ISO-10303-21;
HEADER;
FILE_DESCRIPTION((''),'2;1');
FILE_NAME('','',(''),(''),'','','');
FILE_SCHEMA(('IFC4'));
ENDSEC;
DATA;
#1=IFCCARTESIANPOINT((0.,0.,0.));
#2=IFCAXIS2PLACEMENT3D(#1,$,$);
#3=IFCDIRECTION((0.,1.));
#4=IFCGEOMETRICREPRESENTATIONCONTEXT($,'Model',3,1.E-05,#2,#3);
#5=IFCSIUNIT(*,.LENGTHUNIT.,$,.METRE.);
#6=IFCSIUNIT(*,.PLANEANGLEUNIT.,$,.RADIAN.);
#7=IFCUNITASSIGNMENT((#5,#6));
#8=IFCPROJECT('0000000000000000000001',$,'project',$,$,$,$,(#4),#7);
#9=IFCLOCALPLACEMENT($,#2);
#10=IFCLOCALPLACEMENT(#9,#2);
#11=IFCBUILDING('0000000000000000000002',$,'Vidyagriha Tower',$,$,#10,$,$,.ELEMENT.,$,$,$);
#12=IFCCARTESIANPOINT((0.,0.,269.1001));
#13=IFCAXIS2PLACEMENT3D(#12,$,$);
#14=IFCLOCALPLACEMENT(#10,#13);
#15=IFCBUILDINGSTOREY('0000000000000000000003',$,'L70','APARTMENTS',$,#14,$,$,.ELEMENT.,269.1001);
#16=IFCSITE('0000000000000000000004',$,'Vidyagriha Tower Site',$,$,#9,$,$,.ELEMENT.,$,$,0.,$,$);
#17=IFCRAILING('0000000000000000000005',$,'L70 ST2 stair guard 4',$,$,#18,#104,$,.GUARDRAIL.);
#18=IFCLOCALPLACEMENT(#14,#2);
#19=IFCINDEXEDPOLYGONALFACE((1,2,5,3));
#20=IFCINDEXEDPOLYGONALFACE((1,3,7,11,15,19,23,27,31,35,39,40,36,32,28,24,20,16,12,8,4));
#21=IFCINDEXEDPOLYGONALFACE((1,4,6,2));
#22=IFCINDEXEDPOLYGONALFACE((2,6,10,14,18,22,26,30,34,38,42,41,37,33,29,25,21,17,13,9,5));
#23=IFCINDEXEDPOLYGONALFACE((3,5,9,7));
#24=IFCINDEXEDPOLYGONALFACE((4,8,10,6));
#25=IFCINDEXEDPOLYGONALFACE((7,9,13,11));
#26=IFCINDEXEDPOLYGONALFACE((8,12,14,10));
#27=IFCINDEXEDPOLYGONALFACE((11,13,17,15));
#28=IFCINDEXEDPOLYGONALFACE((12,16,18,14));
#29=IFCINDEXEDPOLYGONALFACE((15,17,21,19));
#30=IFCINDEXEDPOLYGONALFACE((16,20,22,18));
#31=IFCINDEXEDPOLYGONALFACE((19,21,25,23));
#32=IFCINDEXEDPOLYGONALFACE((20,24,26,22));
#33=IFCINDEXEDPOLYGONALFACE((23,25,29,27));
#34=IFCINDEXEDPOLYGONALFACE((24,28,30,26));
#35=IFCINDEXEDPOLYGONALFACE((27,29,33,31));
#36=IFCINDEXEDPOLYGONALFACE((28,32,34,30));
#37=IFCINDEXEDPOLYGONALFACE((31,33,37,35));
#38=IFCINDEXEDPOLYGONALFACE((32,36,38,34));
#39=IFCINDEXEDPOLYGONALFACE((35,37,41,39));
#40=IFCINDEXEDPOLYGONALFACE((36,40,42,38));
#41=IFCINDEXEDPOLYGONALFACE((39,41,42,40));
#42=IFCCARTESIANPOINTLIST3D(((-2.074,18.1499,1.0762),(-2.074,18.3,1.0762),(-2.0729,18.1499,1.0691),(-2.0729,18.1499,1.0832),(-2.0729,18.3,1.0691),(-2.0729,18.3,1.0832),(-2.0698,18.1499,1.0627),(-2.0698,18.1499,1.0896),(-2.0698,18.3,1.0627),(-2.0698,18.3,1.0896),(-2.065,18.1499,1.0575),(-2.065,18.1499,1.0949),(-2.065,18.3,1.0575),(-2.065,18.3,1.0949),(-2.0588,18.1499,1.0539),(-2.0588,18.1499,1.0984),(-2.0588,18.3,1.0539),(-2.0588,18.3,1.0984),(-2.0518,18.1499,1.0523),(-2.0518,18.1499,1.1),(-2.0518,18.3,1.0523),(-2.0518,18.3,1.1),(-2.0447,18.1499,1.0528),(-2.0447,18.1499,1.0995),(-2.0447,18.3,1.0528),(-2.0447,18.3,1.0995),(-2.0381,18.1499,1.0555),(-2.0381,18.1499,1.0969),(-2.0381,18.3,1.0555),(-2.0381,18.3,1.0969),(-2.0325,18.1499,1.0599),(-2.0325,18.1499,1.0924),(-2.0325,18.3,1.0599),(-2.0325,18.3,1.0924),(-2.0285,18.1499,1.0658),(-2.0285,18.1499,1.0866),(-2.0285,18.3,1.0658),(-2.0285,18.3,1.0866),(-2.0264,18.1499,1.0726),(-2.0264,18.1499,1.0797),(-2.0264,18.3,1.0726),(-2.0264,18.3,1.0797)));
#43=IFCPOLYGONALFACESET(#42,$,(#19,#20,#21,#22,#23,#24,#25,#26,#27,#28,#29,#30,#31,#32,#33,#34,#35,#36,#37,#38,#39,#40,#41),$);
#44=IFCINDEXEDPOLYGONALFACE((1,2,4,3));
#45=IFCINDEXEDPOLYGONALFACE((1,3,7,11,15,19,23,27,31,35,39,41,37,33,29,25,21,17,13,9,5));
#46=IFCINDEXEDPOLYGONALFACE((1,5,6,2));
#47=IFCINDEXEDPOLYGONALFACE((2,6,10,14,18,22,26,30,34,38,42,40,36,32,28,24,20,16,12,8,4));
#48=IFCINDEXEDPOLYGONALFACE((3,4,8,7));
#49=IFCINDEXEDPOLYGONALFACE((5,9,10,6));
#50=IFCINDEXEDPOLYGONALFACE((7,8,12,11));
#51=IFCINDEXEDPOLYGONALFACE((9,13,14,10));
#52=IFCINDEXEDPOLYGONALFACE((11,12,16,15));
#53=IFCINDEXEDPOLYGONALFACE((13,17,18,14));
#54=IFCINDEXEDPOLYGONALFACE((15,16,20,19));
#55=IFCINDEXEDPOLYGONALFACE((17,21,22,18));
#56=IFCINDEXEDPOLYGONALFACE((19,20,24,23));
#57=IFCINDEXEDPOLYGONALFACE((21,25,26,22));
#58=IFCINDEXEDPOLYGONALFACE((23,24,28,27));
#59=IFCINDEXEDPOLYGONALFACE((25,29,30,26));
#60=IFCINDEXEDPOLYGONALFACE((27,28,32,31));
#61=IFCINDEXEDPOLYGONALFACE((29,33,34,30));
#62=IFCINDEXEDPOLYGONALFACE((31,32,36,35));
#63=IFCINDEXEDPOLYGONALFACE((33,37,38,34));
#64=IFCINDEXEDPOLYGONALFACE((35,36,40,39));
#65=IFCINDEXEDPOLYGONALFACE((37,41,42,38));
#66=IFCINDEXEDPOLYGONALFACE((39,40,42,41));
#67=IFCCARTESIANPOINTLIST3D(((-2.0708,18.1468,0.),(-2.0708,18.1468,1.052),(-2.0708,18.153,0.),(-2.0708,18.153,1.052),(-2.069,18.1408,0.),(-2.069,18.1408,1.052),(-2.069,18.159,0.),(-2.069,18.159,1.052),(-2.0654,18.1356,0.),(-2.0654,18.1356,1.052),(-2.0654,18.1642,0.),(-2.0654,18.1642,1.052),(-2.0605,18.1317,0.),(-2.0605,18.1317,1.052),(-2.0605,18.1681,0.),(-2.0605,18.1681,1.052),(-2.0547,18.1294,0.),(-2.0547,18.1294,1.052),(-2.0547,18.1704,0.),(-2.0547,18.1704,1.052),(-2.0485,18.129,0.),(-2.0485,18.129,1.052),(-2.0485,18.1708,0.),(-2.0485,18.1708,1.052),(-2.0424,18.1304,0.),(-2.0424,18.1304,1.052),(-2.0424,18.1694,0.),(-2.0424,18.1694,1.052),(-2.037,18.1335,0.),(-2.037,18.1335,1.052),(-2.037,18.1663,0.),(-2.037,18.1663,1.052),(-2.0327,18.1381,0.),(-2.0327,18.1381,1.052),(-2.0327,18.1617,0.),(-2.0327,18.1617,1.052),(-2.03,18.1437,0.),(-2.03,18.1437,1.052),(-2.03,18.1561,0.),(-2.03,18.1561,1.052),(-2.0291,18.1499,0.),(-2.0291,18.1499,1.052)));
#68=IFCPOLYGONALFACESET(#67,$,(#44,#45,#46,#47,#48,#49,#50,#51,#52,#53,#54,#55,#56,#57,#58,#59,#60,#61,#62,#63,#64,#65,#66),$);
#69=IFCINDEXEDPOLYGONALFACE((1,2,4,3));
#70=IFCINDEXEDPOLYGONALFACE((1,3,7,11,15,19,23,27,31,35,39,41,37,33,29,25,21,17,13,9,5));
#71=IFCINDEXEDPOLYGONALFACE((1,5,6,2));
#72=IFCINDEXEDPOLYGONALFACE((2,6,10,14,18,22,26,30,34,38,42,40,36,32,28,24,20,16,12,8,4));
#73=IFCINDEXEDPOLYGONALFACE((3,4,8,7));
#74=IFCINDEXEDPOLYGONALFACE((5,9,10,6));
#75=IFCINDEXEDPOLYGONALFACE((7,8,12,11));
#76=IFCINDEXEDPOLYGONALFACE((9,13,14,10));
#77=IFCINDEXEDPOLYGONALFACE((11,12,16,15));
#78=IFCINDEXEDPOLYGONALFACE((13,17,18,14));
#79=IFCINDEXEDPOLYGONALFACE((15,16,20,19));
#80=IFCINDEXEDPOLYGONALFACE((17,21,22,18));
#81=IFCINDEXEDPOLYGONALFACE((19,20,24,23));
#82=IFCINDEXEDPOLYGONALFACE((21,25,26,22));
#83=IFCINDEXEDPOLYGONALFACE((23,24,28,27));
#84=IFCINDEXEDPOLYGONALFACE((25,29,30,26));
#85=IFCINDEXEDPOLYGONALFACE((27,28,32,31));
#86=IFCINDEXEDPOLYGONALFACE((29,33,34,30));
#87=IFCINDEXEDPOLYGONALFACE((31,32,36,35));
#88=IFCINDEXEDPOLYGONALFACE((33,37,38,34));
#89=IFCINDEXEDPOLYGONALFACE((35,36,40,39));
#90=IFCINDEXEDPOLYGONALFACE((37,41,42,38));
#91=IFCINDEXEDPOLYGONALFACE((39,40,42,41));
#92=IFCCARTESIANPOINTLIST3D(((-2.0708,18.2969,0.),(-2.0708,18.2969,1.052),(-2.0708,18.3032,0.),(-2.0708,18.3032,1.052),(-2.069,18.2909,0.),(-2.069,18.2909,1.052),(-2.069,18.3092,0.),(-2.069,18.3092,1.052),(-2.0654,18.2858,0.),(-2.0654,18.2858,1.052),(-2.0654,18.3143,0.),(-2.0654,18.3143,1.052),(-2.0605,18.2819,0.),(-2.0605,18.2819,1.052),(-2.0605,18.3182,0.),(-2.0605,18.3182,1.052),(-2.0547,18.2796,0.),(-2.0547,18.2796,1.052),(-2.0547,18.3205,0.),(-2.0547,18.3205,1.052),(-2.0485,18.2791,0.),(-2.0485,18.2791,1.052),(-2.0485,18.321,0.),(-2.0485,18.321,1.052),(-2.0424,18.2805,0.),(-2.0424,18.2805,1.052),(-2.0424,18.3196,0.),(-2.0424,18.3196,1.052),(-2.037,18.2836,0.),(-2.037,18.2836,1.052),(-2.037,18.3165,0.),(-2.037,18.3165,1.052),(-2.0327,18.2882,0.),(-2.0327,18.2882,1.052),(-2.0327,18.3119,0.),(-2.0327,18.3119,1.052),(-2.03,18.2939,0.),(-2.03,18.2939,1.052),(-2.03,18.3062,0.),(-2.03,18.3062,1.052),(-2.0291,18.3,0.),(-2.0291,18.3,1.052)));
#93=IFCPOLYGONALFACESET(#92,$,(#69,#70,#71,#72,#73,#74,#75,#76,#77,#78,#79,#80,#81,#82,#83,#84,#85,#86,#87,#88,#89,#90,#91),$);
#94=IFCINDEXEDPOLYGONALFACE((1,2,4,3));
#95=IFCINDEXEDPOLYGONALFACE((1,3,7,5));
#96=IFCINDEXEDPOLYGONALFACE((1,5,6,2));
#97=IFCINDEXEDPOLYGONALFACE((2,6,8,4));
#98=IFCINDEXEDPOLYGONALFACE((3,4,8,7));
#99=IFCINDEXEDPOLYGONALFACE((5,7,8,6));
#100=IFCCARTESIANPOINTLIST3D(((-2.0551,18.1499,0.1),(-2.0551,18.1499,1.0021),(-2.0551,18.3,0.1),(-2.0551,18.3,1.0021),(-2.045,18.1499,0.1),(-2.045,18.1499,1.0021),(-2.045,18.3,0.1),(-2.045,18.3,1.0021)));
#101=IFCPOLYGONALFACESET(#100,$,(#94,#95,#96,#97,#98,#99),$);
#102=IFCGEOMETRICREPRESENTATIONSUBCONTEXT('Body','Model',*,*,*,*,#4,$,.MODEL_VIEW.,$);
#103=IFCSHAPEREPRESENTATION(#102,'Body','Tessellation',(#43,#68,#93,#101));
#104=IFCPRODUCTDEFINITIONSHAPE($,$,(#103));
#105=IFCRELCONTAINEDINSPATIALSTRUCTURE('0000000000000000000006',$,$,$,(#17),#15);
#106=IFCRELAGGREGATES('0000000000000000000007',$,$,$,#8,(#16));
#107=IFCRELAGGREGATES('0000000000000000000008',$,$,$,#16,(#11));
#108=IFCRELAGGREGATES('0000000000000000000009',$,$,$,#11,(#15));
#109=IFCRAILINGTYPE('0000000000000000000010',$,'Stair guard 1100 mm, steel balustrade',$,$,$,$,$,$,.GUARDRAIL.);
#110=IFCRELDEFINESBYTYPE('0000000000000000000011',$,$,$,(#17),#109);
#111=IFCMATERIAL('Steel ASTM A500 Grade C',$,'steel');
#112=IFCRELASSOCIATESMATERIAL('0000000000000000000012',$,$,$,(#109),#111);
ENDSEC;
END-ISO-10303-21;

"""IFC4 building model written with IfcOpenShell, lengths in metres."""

from ifc_helpers import new_model, si_unit, direction, frame, origin, origin_2d, place, context, subcontext, project, spatial, rectangle, circle, extrude, material, type_object, element, save


model = new_model("IFC4")

# Units and contexts
model_context = context("Model", 3, precision=1e-05, world=origin(), true_north=direction((0.0, 1.0)))
body_context = subcontext(model_context, "Body", "Model", "MODEL_VIEW")
ifc_project = project(units=[si_unit("LENGTHUNIT", "METRE"), si_unit("PLANEANGLEUNIT", "RADIAN")], contexts=[model_context])

# Site, building, storey
site_placement = place(None, origin())
site = spatial("IfcSite", under=ifc_project, at=site_placement, Name="Vidyagriha Tower Site", CompositionType="ELEMENT", RefElevation=0.0)
building_placement = place(site_placement, origin())
building = spatial("IfcBuilding", under=site, at=building_placement, Name="Vidyagriha Tower", CompositionType="ELEMENT")
storey_placement = place(building_placement, frame((0.0, 0.0, 269.1001)))
storey = spatial("IfcBuildingStorey", under=building, at=storey_placement, Name="L70", Description="APARTMENTS", CompositionType="ELEMENT", Elevation=269.1001)

# Railing
ifc_material_1 = material(Name="Steel ASTM A500 Grade C", Category="steel")
railing_type_1 = type_object("IfcRailingType", Name="Stair guard 1100 mm, steel balustrade", PredefinedType="GUARDRAIL", material=ifc_material_1)
railing_1_placement = place(storey_placement, frame((-2.05, 18.1499, 0.0)))
element("IfcRailing", 1, at=railing_1_placement, inside=storey, type_object=railing_type_1, Name="L70 ST2 stair guard 4", PredefinedType="GUARDRAIL", context=body_context, shape_type="SweptSolid", body=[
    extrude(circle(Radius=0.0239, at=origin_2d()), frame((0.0, 0.0, 1.0762), z_axis=(0.0, 1.0, 0.0), x_axis=(-1.0, 0.0, 0.0)), (0.0, 0.0, 1.0), 0.1501),
    extrude(circle(Radius=0.021, at=origin_2d()), origin(), (0.0, 0.0, 1.0), 1.052),
    extrude(circle(Radius=0.021, at=origin_2d()), frame((0.0, 0.1501, 0.0)), (0.0, 0.0, 1.0), 1.052),
    extrude(rectangle(XDim=0.01, YDim=0.9021, at=origin_2d()), frame((0.0, 0.0, 0.551), z_axis=(0.0, 1.0, 0.0), x_axis=(-1.0, 0.0, 0.0)), (0.0, 0.0, 1.0), 0.1501),
])

save(model, "model.ifc")
